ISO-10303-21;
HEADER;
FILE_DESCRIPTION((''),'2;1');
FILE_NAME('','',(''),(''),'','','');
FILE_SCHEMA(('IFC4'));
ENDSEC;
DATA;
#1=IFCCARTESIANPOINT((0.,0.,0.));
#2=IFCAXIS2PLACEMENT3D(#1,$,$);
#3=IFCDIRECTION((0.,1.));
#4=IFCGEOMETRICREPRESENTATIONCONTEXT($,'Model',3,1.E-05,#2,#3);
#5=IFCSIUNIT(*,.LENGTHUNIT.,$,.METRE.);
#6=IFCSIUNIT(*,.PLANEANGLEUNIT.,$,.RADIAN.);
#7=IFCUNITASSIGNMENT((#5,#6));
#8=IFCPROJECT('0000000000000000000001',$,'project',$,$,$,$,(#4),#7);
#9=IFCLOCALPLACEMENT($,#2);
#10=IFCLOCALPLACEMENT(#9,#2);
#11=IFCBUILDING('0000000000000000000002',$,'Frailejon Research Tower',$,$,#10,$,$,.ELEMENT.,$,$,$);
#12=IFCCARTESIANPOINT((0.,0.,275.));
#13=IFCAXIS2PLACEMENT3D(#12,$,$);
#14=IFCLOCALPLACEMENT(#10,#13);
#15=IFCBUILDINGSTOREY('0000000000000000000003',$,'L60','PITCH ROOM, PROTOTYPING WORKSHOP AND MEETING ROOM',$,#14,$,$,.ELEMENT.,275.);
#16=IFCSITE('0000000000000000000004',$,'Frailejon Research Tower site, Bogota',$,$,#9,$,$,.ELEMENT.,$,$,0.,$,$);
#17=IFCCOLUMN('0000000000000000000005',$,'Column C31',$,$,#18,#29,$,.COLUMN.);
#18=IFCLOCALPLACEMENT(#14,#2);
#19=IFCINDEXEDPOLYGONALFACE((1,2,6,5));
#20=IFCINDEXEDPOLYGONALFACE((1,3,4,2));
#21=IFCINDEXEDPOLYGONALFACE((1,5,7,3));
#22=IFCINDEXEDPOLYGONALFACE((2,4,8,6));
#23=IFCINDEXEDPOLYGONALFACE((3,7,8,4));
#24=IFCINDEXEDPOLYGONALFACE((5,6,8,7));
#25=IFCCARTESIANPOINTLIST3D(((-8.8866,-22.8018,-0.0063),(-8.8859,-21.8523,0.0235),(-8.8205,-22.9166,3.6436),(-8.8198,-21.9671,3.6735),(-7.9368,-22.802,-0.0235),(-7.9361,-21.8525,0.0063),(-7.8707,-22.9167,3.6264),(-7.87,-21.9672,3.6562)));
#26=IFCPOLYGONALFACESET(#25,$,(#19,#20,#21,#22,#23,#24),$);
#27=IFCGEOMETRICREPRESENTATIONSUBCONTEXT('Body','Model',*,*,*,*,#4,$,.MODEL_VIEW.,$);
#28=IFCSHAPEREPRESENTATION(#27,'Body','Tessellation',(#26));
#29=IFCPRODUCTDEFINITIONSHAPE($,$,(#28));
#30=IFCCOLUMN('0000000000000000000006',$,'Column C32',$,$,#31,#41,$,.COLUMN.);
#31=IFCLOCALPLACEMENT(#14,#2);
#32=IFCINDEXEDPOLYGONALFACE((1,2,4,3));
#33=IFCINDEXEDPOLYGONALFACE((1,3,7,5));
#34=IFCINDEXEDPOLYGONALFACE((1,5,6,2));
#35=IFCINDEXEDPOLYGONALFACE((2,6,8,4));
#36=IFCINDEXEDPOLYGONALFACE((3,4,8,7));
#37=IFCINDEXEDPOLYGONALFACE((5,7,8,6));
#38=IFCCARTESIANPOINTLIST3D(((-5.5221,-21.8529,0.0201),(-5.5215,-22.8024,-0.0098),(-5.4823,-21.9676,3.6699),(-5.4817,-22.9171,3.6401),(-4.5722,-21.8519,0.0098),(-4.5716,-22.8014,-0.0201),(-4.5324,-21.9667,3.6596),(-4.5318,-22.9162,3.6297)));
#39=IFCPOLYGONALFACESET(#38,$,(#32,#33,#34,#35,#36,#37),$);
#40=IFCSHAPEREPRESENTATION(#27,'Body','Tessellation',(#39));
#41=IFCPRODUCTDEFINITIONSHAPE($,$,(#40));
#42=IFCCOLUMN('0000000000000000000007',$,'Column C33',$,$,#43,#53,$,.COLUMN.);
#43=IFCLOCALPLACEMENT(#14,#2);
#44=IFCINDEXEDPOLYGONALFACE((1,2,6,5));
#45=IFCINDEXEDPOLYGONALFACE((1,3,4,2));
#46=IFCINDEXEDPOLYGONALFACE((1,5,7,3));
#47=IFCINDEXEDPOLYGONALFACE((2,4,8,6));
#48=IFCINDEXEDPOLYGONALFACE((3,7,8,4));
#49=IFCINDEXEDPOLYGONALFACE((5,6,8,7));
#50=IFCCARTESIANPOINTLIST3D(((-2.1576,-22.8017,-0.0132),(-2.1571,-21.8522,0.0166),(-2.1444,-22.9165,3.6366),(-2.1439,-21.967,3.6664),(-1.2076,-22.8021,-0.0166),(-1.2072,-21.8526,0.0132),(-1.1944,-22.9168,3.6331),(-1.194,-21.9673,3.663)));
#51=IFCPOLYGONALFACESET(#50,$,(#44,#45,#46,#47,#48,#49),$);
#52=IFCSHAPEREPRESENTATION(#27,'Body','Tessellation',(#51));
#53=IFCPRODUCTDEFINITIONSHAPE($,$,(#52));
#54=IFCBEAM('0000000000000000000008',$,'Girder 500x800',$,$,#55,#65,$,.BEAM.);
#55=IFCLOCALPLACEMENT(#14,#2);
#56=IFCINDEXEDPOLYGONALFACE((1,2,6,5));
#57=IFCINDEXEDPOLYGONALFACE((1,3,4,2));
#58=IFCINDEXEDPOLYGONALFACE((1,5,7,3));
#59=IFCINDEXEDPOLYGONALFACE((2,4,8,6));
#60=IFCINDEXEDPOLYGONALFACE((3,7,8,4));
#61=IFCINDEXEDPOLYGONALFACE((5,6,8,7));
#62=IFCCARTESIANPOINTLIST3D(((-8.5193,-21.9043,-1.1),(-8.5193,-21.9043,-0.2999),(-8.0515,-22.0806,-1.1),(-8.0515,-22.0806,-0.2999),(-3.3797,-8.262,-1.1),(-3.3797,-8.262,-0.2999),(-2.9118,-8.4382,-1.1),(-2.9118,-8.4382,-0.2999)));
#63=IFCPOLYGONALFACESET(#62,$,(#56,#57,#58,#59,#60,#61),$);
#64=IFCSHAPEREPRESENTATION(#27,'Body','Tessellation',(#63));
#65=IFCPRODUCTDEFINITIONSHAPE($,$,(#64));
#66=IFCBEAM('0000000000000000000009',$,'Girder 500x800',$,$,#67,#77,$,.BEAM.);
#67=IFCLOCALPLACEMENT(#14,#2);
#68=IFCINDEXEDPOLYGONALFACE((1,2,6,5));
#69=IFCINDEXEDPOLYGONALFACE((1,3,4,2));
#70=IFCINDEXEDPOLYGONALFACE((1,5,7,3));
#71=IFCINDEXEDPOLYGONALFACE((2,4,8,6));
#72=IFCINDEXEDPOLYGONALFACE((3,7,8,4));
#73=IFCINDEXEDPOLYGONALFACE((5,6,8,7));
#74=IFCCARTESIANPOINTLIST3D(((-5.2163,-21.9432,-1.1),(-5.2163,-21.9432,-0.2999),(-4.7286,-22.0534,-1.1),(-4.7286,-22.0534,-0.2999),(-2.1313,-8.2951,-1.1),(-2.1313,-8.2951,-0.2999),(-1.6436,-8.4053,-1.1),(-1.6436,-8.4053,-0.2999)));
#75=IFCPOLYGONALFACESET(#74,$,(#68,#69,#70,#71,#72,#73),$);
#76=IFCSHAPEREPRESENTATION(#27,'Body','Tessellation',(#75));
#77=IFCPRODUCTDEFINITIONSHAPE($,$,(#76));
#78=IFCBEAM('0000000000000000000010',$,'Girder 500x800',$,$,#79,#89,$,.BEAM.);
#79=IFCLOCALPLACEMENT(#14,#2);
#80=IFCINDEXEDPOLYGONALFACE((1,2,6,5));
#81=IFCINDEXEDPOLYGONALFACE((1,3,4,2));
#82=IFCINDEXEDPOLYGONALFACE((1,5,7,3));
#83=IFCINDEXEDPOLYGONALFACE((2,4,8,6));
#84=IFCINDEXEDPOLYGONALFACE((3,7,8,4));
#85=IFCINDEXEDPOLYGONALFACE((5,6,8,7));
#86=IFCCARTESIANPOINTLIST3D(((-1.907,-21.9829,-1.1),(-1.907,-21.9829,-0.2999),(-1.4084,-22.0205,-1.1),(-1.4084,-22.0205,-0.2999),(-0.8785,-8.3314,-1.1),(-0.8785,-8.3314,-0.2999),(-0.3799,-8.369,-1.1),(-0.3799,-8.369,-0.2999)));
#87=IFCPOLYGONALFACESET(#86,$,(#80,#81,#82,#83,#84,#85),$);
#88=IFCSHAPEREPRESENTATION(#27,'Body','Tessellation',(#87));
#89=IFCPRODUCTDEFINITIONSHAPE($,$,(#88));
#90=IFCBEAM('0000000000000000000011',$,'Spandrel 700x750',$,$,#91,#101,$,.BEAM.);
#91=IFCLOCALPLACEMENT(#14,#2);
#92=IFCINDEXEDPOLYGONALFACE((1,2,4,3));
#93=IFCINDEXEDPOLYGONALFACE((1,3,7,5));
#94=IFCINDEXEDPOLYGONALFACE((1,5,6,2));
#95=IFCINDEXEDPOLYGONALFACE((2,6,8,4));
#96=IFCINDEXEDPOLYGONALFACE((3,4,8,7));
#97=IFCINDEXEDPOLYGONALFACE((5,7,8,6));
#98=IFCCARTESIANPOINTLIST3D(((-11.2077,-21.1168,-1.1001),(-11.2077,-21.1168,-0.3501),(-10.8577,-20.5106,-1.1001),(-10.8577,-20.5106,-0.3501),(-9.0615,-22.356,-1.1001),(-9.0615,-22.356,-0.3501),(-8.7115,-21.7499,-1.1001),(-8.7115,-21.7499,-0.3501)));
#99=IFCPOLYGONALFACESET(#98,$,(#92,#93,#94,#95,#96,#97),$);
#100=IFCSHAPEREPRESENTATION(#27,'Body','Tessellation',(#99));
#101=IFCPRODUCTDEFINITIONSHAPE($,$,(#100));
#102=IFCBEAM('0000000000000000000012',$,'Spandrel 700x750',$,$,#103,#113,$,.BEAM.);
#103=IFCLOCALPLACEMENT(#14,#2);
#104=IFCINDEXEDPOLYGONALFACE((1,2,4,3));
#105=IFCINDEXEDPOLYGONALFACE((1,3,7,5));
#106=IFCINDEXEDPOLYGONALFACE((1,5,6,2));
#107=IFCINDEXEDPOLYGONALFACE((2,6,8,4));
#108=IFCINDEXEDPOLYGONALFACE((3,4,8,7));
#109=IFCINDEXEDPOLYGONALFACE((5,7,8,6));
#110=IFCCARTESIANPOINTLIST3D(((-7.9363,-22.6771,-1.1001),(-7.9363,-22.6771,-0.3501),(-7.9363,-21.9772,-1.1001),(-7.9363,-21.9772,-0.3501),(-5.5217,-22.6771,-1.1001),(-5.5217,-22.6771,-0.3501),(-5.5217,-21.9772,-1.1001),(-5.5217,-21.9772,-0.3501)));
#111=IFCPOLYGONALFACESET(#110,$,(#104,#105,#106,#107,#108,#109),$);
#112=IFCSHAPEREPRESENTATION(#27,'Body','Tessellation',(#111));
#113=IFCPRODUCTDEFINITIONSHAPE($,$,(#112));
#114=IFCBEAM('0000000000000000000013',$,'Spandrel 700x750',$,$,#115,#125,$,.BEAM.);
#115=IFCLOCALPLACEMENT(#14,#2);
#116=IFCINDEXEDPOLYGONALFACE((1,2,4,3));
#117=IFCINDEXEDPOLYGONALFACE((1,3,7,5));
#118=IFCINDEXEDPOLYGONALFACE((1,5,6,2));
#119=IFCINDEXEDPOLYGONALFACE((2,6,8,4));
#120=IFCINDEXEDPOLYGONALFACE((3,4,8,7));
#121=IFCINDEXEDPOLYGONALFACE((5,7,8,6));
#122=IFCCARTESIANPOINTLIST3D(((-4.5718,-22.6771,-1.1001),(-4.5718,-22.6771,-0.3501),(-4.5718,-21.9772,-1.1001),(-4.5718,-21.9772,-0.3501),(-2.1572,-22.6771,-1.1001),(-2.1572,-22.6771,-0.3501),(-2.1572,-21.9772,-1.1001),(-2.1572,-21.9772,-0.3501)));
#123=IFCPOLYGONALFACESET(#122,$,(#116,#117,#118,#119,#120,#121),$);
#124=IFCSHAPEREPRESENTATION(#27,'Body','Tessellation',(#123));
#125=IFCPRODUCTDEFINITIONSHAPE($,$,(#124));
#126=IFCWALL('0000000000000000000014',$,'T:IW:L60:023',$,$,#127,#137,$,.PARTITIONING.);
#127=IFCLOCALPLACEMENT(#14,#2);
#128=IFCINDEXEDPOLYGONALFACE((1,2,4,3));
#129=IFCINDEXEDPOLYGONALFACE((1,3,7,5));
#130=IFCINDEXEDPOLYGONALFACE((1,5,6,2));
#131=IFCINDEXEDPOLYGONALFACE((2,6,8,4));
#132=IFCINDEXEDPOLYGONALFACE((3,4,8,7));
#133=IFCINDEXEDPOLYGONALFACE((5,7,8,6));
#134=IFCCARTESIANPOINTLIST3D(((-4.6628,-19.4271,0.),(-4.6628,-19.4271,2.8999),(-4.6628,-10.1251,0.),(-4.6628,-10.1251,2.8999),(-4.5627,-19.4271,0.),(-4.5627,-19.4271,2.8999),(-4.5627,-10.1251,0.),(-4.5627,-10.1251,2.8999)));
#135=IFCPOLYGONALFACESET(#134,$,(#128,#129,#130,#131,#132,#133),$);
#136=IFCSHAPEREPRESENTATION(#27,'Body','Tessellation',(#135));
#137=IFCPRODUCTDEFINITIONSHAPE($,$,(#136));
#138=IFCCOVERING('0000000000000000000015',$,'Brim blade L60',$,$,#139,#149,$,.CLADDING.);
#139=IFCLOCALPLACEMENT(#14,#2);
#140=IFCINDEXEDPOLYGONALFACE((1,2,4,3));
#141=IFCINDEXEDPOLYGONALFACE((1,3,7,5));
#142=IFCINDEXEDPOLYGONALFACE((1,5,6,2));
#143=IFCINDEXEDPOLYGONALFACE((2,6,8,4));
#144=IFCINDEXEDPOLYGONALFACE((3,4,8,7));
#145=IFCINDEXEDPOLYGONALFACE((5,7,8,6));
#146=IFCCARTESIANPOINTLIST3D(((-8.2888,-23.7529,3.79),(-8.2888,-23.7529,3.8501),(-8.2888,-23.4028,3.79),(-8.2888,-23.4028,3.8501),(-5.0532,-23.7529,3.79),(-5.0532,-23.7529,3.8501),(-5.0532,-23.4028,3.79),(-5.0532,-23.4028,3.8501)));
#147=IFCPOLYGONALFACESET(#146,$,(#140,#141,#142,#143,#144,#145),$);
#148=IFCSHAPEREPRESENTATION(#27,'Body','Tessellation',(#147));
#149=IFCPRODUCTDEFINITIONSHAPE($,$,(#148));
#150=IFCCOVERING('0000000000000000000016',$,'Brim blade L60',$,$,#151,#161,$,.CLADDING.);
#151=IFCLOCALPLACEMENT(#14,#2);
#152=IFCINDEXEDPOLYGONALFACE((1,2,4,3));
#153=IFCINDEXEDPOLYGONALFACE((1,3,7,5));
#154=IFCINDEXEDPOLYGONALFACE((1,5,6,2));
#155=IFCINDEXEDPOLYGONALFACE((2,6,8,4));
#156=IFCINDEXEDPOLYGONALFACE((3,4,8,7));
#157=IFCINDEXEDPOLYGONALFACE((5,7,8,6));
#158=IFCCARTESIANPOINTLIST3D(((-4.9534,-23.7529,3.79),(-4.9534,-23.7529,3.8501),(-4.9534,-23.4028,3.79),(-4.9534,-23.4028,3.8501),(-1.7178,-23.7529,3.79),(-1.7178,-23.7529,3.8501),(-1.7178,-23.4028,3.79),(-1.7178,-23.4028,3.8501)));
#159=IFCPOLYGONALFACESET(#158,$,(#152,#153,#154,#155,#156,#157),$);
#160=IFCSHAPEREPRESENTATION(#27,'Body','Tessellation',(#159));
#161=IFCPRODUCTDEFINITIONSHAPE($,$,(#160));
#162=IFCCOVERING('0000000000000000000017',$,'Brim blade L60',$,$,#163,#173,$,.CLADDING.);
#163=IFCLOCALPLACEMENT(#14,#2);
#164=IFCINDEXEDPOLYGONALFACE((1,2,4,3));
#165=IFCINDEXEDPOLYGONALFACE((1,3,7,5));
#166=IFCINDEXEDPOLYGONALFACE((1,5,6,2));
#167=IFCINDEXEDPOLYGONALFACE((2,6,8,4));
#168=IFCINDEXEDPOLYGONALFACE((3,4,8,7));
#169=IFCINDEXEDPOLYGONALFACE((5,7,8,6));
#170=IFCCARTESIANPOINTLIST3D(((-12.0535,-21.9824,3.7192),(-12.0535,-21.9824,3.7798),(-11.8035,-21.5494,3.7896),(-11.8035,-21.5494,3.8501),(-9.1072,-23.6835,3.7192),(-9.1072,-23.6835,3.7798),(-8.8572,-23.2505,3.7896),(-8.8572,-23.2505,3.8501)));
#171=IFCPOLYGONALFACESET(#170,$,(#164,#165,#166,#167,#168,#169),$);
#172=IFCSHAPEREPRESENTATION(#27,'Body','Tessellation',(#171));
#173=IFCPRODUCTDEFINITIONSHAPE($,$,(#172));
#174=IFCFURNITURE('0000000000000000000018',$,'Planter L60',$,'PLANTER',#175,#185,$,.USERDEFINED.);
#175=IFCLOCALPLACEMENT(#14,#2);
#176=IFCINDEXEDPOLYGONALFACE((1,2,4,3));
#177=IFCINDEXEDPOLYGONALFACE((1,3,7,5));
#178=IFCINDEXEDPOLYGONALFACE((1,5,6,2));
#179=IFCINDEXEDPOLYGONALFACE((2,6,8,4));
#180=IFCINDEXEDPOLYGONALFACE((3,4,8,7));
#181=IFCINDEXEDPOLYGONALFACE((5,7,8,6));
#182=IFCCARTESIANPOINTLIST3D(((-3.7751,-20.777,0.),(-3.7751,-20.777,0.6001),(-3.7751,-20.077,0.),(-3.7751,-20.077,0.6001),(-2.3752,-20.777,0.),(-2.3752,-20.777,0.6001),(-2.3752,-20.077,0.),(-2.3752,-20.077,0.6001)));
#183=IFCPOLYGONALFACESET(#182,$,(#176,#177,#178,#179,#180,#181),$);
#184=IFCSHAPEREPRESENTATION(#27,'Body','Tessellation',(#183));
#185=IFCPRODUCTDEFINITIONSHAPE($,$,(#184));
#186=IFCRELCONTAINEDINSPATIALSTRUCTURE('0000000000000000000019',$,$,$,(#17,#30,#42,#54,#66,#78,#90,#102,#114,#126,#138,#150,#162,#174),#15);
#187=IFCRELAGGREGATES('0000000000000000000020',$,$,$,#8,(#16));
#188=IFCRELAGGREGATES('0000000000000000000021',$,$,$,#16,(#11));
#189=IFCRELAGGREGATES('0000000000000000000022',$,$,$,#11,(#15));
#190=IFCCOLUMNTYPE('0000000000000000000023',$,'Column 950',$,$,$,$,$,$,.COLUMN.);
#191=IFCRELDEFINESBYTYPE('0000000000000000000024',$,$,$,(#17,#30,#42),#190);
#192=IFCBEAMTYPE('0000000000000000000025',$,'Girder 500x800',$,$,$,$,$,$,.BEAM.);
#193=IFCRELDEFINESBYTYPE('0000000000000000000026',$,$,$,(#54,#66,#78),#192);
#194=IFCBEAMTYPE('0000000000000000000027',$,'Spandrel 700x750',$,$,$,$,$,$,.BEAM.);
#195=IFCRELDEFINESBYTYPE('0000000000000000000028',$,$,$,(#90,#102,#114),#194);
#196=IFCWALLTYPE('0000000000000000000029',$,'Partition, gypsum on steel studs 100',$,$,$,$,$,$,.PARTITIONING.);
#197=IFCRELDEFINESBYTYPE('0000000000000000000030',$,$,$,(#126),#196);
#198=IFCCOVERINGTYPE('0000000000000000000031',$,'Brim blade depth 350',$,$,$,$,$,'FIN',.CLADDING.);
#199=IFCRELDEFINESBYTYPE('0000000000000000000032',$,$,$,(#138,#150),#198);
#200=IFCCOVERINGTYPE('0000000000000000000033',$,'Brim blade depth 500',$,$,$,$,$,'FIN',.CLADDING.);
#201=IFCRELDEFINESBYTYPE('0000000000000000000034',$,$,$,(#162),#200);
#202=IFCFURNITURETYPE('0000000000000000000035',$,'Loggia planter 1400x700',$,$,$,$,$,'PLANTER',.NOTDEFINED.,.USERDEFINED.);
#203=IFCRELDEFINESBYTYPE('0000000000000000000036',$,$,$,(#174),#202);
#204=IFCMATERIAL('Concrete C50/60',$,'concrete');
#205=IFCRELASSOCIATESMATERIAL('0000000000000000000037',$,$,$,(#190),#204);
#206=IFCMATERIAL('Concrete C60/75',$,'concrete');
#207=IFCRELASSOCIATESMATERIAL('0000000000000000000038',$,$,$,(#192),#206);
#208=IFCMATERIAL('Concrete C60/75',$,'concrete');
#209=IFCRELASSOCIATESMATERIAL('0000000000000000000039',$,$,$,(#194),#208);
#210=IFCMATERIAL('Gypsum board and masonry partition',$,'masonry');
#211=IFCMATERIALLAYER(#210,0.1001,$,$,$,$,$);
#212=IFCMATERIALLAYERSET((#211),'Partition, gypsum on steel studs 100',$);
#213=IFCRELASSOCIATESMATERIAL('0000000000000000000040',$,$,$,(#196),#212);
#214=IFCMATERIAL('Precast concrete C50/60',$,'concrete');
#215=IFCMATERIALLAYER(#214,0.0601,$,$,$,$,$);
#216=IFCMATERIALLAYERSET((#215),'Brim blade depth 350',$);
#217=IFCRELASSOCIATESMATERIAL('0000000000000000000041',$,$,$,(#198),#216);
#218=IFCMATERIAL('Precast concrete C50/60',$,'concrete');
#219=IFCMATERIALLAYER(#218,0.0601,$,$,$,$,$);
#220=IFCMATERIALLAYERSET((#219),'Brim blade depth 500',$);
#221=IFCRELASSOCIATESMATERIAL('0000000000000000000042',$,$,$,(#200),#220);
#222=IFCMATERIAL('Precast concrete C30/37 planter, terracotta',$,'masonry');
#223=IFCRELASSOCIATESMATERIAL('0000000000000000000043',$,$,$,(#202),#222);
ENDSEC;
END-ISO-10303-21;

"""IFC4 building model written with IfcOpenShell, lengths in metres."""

from ifc_helpers import new_model, si_unit, direction, frame, frame_2d, origin, origin_2d, place, context, subcontext, project, spatial, polyline, rectangle, outline, extrude, material, layer, layer_set, material_profile, profile_set, type_object, element, save


model = new_model("IFC4")

# Units and contexts
model_context = context("Model", 3, precision=1e-05, world=origin(), true_north=direction((0.0, 1.0)))
body_context = subcontext(model_context, "Body", "Model", "MODEL_VIEW")
ifc_project = project(units=[si_unit("LENGTHUNIT", "METRE"), si_unit("PLANEANGLEUNIT", "RADIAN")], contexts=[model_context])

# Site, building, storey
site_placement = place(None, origin())
site = spatial("IfcSite", under=ifc_project, at=site_placement, Name="Frailejon Research Tower site, Bogota", CompositionType="ELEMENT", RefElevation=0.0)
building_placement = place(site_placement, origin())
building = spatial("IfcBuilding", under=site, at=building_placement, Name="Frailejon Research Tower", CompositionType="ELEMENT")
storey_placement = place(building_placement, frame((0.0, 0.0, 275.0)))
storey = spatial("IfcBuildingStorey", under=building, at=storey_placement, Name="L60", Description="PITCH ROOM, PROTOTYPING WORKSHOP AND MEETING ROOM", CompositionType="ELEMENT", Elevation=275.0)

# Columns
ifc_material_1 = material(Name="Concrete C50/60", Category="concrete")
ifc_material_profile_1 = material_profile(ifc_material_1, rectangle(XDim=0.95, YDim=0.95, at=origin_2d()), Name="Column 950")
ifc_profile_set_1 = profile_set([ifc_material_profile_1], Name="Concrete C50/60")
column_type = type_object("IfcColumnType", Name="Column 950", PredefinedType="COLUMN", material=ifc_profile_set_1)
column_1_placement = place(storey_placement, frame((-8.4114, -22.3271, 0.0), z_axis=(0.018115, -0.031417, 0.999342), x_axis=(0.999836, -0.000157, -0.018129)))
element("IfcColumn", 1, at=column_1_placement, inside=storey, type_object=column_type, Name="Column C31", PredefinedType="COLUMN", context=body_context, shape_type="SweptSolid", body=[
    extrude(rectangle(XDim=0.95, YDim=0.95, at=origin_2d()), origin(), (0.0, 0.0, 1.0), 3.6523),
])
column_2_placement = place(storey_placement, frame((-5.0469, -22.3271, 0.0), z_axis=(0.010897, -0.031421, 0.999447), x_axis=(0.99994, 0.001008, -0.010871)))
element("IfcColumn", 2, at=column_2_placement, inside=storey, type_object=column_type, Name="Column C32", PredefinedType="COLUMN", context=body_context, shape_type="SweptSolid", body=[
    extrude(rectangle(XDim=0.95, YDim=0.95, at=origin_2d()), origin(), (0.0, 0.0, 1.0), 3.6519),
])
column_3_placement = place(storey_placement, frame((-1.6824, -22.3271, 0.0), z_axis=(0.00361, -0.031422, 0.9995), x_axis=(0.999993, -0.000341, -0.003623)))
element("IfcColumn", 3, at=column_3_placement, inside=storey, type_object=column_type, Name="Column C33", PredefinedType="COLUMN", context=body_context, shape_type="SweptSolid", body=[
    extrude(rectangle(XDim=0.95, YDim=0.95, at=origin_2d()), origin(), (0.0, 0.0, 1.0), 3.6516),
])

# Beams
ifc_material_2 = material(Name="Concrete C60/75", Category="concrete")
ifc_material_profile_2 = material_profile(ifc_material_2, rectangle(XDim=0.5, YDim=0.8, at=origin_2d()), Name="Girder 500x800")
ifc_profile_set_2 = profile_set([ifc_material_profile_2], Name="Concrete C60/75")
beam_type_1 = type_object("IfcBeamType", Name="Girder 500x800", PredefinedType="BEAM", material=ifc_profile_set_2)
beam_1_placement = place(storey_placement, frame((-8.2854, -21.9924, -0.7), z_axis=(0.352553, 0.935792, 0.0), x_axis=(-0.935792, 0.352553, 0.0)))
element("IfcBeam", 4, at=beam_1_placement, inside=storey, type_object=beam_type_1, Name="Girder 500x800", PredefinedType="BEAM", context=body_context, shape_type="SweptSolid", body=[
    extrude(rectangle(XDim=0.5, YDim=0.8, at=origin_2d()), origin(), (0.0, 0.0, 1.0), 14.5784),
])
beam_2_placement = place(storey_placement, frame((-4.9724, -21.9983, -0.7), z_axis=(0.220472, 0.975393, 0.0), x_axis=(-0.975393, 0.220472, 0.0)))
element("IfcBeam", 5, at=beam_2_placement, inside=storey, type_object=beam_type_1, Name="Girder 500x800", PredefinedType="BEAM", context=body_context, shape_type="SweptSolid", body=[
    extrude(rectangle(XDim=0.5, YDim=0.8, at=origin_2d()), origin(), (0.0, 0.0, 1.0), 13.9924),
])
beam_3_placement = place(storey_placement, frame((-1.6577, -22.0017, -0.7), z_axis=(0.075131, 0.997174, 0.0), x_axis=(-0.997174, 0.075131, 0.0)))
element("IfcBeam", 6, at=beam_3_placement, inside=storey, type_object=beam_type_1, Name="Girder 500x800", PredefinedType="BEAM", context=body_context, shape_type="SweptSolid", body=[
    extrude(rectangle(XDim=0.5, YDim=0.8, at=origin_2d()), origin(), (0.0, 0.0, 1.0), 13.6902),
])
ifc_material_3 = material(Name="Concrete C60/75", Category="concrete")
ifc_material_profile_3 = material_profile(ifc_material_3, rectangle(XDim=0.7, YDim=0.75, at=origin_2d()), Name="Spandrel 700x750")
ifc_profile_set_3 = profile_set([ifc_material_profile_3], Name="Concrete C60/75")
beam_type_2 = type_object("IfcBeamType", Name="Spandrel 700x750", PredefinedType="BEAM", material=ifc_profile_set_3)
beam_4_placement = place(storey_placement, frame((-11.0327, -20.8137, -0.7251), z_axis=(0.866003, -0.500038, 0.0), x_axis=(0.500038, 0.866003, 0.0)))
element("IfcBeam", 7, at=beam_4_placement, inside=storey, type_object=beam_type_2, Name="Spandrel 700x750", PredefinedType="BEAM", context=body_context, shape_type="SweptSolid", body=[
    extrude(rectangle(XDim=0.7, YDim=0.75, at=origin_2d()), origin(), (0.0, 0.0, 1.0), 2.4783),
])
for number, where, z_axis, x_axis, name in (
    (8, (-7.9363, -22.3271, -0.7251), (1.0, 0.0, 0.0), (0.0, 1.0, 0.0), "Spandrel 700x750"),
    (9, (-4.5718, -22.3271, -0.7251), (1.0, 0.0, 0.0), (0.0, 1.0, 0.0), "Spandrel 700x750"),
):
    element("IfcBeam", number, at=place(storey_placement, frame(where, z_axis=z_axis, x_axis=x_axis)), inside=storey, type_object=beam_type_2, Name=name, PredefinedType="BEAM", context=body_context, shape_type="SweptSolid", body=[
        extrude(rectangle(XDim=0.7, YDim=0.75, at=origin_2d()), origin(), (0.0, 0.0, 1.0), 2.4146),
    ])

# Wall
ifc_material_4 = material(Name="Gypsum board and masonry partition", Category="masonry")
ifc_layer_1 = layer(ifc_material_4, 0.1001)
ifc_layer_set_1 = layer_set([ifc_layer_1], Name="Partition, gypsum on steel studs 100")
wall_type_1 = type_object("IfcWallType", Name="Partition, gypsum on steel studs 100", PredefinedType="PARTITIONING", material=ifc_layer_set_1)
wall_1_placement = place(storey_placement, frame((-4.6128, -19.427, 0.0), z_axis=(0.0, 0.0, 1.0), x_axis=(0.0, 1.0, 0.0)))
element("IfcWall", 10, at=wall_1_placement, inside=storey, type_object=wall_type_1, Name="T:IW:L60:023", PredefinedType="PARTITIONING", context=body_context, shape_type="SweptSolid", body=[
    extrude(rectangle(XDim=9.302, YDim=0.1001, at=frame_2d((4.6509, 0.0))), origin(), (0.0, 0.0, 1.0), 2.8999),
])

# Coverings
ifc_material_5 = material(Name="Precast concrete C50/60", Category="concrete")
ifc_layer_2 = layer(ifc_material_5, 0.0601)
ifc_layer_set_2 = layer_set([ifc_layer_2], Name="Brim blade depth 350")
covering_type_1 = type_object("IfcCoveringType", Name="Brim blade depth 350", ElementType="FIN", PredefinedType="CLADDING", material=ifc_layer_set_2)
for number, where, z_axis, x_axis, name in (
    (11, (-5.0532, -23.4028, 3.8501), (-1.0, 0.0, 0.0), (0.0, -1.0, 0.0), "Brim blade L60"),
    (12, (-1.7178, -23.4028, 3.8501), (-1.0, 0.0, 0.0), (0.0, -1.0, 0.0), "Brim blade L60"),
):
    element("IfcCovering", number, at=place(storey_placement, frame(where, z_axis=z_axis, x_axis=x_axis)), inside=storey, type_object=covering_type_1, Name=name, PredefinedType="CLADDING", context=body_context, shape_type="SweptSolid", body=[
        extrude(outline(polyline([(0.0, -0.0601), (0.3501, -0.0601), (0.3501, 0.0), (0.0, 0.0), (0.0, -0.0601)])), origin(), (0.0, 0.0, 1.0), 3.2356),
    ])
ifc_material_6 = material(Name="Precast concrete C50/60", Category="concrete")
ifc_layer_3 = layer(ifc_material_6, 0.0601)
ifc_layer_set_3 = layer_set([ifc_layer_3], Name="Brim blade depth 500")
covering_type_2 = type_object("IfcCoveringType", Name="Brim blade depth 500", ElementType="FIN", PredefinedType="CLADDING", material=ifc_layer_set_3)
covering_placement = place(storey_placement, frame((-8.8572, -23.2505, 3.8501), z_axis=(-0.866024, 0.500003, 0.0), x_axis=(-0.500003, -0.866024, 0.0)))
element("IfcCovering", 13, at=covering_placement, inside=storey, type_object=covering_type_2, Name="Brim blade L60", PredefinedType="CLADDING", context=body_context, shape_type="SweptSolid", body=[
    extrude(outline(polyline([(0.0, -0.0605), (0.5, -0.1309), (0.5, -0.0703), (0.0, 0.0), (0.0, -0.0605)])), origin(), (0.0, 0.0, 1.0), 3.4021),
])

# Furniture
ifc_material_7 = material(Name="Precast concrete C30/37 planter, terracotta", Category="masonry")
furniture_type = type_object("IfcFurnitureType", Name="Loggia planter 1400x700", ElementType="PLANTER", AssemblyPlace="NOTDEFINED", PredefinedType="USERDEFINED", material=ifc_material_7)
furniture_placement = place(storey_placement, frame((-3.0752, -20.427, 0.0), z_axis=(0.0, 0.0, 1.0), x_axis=(1.0, 0.0, 0.0)))
element("IfcFurniture", 14, at=furniture_placement, inside=storey, type_object=furniture_type, Name="Planter L60", ObjectType="PLANTER", PredefinedType="USERDEFINED", context=body_context, shape_type="SweptSolid", body=[
    extrude(rectangle(XDim=1.3999, YDim=0.7, at=origin_2d()), origin(), (0.0, 0.0, 1.0), 0.6001),
])

save(model, "model.ifc")
